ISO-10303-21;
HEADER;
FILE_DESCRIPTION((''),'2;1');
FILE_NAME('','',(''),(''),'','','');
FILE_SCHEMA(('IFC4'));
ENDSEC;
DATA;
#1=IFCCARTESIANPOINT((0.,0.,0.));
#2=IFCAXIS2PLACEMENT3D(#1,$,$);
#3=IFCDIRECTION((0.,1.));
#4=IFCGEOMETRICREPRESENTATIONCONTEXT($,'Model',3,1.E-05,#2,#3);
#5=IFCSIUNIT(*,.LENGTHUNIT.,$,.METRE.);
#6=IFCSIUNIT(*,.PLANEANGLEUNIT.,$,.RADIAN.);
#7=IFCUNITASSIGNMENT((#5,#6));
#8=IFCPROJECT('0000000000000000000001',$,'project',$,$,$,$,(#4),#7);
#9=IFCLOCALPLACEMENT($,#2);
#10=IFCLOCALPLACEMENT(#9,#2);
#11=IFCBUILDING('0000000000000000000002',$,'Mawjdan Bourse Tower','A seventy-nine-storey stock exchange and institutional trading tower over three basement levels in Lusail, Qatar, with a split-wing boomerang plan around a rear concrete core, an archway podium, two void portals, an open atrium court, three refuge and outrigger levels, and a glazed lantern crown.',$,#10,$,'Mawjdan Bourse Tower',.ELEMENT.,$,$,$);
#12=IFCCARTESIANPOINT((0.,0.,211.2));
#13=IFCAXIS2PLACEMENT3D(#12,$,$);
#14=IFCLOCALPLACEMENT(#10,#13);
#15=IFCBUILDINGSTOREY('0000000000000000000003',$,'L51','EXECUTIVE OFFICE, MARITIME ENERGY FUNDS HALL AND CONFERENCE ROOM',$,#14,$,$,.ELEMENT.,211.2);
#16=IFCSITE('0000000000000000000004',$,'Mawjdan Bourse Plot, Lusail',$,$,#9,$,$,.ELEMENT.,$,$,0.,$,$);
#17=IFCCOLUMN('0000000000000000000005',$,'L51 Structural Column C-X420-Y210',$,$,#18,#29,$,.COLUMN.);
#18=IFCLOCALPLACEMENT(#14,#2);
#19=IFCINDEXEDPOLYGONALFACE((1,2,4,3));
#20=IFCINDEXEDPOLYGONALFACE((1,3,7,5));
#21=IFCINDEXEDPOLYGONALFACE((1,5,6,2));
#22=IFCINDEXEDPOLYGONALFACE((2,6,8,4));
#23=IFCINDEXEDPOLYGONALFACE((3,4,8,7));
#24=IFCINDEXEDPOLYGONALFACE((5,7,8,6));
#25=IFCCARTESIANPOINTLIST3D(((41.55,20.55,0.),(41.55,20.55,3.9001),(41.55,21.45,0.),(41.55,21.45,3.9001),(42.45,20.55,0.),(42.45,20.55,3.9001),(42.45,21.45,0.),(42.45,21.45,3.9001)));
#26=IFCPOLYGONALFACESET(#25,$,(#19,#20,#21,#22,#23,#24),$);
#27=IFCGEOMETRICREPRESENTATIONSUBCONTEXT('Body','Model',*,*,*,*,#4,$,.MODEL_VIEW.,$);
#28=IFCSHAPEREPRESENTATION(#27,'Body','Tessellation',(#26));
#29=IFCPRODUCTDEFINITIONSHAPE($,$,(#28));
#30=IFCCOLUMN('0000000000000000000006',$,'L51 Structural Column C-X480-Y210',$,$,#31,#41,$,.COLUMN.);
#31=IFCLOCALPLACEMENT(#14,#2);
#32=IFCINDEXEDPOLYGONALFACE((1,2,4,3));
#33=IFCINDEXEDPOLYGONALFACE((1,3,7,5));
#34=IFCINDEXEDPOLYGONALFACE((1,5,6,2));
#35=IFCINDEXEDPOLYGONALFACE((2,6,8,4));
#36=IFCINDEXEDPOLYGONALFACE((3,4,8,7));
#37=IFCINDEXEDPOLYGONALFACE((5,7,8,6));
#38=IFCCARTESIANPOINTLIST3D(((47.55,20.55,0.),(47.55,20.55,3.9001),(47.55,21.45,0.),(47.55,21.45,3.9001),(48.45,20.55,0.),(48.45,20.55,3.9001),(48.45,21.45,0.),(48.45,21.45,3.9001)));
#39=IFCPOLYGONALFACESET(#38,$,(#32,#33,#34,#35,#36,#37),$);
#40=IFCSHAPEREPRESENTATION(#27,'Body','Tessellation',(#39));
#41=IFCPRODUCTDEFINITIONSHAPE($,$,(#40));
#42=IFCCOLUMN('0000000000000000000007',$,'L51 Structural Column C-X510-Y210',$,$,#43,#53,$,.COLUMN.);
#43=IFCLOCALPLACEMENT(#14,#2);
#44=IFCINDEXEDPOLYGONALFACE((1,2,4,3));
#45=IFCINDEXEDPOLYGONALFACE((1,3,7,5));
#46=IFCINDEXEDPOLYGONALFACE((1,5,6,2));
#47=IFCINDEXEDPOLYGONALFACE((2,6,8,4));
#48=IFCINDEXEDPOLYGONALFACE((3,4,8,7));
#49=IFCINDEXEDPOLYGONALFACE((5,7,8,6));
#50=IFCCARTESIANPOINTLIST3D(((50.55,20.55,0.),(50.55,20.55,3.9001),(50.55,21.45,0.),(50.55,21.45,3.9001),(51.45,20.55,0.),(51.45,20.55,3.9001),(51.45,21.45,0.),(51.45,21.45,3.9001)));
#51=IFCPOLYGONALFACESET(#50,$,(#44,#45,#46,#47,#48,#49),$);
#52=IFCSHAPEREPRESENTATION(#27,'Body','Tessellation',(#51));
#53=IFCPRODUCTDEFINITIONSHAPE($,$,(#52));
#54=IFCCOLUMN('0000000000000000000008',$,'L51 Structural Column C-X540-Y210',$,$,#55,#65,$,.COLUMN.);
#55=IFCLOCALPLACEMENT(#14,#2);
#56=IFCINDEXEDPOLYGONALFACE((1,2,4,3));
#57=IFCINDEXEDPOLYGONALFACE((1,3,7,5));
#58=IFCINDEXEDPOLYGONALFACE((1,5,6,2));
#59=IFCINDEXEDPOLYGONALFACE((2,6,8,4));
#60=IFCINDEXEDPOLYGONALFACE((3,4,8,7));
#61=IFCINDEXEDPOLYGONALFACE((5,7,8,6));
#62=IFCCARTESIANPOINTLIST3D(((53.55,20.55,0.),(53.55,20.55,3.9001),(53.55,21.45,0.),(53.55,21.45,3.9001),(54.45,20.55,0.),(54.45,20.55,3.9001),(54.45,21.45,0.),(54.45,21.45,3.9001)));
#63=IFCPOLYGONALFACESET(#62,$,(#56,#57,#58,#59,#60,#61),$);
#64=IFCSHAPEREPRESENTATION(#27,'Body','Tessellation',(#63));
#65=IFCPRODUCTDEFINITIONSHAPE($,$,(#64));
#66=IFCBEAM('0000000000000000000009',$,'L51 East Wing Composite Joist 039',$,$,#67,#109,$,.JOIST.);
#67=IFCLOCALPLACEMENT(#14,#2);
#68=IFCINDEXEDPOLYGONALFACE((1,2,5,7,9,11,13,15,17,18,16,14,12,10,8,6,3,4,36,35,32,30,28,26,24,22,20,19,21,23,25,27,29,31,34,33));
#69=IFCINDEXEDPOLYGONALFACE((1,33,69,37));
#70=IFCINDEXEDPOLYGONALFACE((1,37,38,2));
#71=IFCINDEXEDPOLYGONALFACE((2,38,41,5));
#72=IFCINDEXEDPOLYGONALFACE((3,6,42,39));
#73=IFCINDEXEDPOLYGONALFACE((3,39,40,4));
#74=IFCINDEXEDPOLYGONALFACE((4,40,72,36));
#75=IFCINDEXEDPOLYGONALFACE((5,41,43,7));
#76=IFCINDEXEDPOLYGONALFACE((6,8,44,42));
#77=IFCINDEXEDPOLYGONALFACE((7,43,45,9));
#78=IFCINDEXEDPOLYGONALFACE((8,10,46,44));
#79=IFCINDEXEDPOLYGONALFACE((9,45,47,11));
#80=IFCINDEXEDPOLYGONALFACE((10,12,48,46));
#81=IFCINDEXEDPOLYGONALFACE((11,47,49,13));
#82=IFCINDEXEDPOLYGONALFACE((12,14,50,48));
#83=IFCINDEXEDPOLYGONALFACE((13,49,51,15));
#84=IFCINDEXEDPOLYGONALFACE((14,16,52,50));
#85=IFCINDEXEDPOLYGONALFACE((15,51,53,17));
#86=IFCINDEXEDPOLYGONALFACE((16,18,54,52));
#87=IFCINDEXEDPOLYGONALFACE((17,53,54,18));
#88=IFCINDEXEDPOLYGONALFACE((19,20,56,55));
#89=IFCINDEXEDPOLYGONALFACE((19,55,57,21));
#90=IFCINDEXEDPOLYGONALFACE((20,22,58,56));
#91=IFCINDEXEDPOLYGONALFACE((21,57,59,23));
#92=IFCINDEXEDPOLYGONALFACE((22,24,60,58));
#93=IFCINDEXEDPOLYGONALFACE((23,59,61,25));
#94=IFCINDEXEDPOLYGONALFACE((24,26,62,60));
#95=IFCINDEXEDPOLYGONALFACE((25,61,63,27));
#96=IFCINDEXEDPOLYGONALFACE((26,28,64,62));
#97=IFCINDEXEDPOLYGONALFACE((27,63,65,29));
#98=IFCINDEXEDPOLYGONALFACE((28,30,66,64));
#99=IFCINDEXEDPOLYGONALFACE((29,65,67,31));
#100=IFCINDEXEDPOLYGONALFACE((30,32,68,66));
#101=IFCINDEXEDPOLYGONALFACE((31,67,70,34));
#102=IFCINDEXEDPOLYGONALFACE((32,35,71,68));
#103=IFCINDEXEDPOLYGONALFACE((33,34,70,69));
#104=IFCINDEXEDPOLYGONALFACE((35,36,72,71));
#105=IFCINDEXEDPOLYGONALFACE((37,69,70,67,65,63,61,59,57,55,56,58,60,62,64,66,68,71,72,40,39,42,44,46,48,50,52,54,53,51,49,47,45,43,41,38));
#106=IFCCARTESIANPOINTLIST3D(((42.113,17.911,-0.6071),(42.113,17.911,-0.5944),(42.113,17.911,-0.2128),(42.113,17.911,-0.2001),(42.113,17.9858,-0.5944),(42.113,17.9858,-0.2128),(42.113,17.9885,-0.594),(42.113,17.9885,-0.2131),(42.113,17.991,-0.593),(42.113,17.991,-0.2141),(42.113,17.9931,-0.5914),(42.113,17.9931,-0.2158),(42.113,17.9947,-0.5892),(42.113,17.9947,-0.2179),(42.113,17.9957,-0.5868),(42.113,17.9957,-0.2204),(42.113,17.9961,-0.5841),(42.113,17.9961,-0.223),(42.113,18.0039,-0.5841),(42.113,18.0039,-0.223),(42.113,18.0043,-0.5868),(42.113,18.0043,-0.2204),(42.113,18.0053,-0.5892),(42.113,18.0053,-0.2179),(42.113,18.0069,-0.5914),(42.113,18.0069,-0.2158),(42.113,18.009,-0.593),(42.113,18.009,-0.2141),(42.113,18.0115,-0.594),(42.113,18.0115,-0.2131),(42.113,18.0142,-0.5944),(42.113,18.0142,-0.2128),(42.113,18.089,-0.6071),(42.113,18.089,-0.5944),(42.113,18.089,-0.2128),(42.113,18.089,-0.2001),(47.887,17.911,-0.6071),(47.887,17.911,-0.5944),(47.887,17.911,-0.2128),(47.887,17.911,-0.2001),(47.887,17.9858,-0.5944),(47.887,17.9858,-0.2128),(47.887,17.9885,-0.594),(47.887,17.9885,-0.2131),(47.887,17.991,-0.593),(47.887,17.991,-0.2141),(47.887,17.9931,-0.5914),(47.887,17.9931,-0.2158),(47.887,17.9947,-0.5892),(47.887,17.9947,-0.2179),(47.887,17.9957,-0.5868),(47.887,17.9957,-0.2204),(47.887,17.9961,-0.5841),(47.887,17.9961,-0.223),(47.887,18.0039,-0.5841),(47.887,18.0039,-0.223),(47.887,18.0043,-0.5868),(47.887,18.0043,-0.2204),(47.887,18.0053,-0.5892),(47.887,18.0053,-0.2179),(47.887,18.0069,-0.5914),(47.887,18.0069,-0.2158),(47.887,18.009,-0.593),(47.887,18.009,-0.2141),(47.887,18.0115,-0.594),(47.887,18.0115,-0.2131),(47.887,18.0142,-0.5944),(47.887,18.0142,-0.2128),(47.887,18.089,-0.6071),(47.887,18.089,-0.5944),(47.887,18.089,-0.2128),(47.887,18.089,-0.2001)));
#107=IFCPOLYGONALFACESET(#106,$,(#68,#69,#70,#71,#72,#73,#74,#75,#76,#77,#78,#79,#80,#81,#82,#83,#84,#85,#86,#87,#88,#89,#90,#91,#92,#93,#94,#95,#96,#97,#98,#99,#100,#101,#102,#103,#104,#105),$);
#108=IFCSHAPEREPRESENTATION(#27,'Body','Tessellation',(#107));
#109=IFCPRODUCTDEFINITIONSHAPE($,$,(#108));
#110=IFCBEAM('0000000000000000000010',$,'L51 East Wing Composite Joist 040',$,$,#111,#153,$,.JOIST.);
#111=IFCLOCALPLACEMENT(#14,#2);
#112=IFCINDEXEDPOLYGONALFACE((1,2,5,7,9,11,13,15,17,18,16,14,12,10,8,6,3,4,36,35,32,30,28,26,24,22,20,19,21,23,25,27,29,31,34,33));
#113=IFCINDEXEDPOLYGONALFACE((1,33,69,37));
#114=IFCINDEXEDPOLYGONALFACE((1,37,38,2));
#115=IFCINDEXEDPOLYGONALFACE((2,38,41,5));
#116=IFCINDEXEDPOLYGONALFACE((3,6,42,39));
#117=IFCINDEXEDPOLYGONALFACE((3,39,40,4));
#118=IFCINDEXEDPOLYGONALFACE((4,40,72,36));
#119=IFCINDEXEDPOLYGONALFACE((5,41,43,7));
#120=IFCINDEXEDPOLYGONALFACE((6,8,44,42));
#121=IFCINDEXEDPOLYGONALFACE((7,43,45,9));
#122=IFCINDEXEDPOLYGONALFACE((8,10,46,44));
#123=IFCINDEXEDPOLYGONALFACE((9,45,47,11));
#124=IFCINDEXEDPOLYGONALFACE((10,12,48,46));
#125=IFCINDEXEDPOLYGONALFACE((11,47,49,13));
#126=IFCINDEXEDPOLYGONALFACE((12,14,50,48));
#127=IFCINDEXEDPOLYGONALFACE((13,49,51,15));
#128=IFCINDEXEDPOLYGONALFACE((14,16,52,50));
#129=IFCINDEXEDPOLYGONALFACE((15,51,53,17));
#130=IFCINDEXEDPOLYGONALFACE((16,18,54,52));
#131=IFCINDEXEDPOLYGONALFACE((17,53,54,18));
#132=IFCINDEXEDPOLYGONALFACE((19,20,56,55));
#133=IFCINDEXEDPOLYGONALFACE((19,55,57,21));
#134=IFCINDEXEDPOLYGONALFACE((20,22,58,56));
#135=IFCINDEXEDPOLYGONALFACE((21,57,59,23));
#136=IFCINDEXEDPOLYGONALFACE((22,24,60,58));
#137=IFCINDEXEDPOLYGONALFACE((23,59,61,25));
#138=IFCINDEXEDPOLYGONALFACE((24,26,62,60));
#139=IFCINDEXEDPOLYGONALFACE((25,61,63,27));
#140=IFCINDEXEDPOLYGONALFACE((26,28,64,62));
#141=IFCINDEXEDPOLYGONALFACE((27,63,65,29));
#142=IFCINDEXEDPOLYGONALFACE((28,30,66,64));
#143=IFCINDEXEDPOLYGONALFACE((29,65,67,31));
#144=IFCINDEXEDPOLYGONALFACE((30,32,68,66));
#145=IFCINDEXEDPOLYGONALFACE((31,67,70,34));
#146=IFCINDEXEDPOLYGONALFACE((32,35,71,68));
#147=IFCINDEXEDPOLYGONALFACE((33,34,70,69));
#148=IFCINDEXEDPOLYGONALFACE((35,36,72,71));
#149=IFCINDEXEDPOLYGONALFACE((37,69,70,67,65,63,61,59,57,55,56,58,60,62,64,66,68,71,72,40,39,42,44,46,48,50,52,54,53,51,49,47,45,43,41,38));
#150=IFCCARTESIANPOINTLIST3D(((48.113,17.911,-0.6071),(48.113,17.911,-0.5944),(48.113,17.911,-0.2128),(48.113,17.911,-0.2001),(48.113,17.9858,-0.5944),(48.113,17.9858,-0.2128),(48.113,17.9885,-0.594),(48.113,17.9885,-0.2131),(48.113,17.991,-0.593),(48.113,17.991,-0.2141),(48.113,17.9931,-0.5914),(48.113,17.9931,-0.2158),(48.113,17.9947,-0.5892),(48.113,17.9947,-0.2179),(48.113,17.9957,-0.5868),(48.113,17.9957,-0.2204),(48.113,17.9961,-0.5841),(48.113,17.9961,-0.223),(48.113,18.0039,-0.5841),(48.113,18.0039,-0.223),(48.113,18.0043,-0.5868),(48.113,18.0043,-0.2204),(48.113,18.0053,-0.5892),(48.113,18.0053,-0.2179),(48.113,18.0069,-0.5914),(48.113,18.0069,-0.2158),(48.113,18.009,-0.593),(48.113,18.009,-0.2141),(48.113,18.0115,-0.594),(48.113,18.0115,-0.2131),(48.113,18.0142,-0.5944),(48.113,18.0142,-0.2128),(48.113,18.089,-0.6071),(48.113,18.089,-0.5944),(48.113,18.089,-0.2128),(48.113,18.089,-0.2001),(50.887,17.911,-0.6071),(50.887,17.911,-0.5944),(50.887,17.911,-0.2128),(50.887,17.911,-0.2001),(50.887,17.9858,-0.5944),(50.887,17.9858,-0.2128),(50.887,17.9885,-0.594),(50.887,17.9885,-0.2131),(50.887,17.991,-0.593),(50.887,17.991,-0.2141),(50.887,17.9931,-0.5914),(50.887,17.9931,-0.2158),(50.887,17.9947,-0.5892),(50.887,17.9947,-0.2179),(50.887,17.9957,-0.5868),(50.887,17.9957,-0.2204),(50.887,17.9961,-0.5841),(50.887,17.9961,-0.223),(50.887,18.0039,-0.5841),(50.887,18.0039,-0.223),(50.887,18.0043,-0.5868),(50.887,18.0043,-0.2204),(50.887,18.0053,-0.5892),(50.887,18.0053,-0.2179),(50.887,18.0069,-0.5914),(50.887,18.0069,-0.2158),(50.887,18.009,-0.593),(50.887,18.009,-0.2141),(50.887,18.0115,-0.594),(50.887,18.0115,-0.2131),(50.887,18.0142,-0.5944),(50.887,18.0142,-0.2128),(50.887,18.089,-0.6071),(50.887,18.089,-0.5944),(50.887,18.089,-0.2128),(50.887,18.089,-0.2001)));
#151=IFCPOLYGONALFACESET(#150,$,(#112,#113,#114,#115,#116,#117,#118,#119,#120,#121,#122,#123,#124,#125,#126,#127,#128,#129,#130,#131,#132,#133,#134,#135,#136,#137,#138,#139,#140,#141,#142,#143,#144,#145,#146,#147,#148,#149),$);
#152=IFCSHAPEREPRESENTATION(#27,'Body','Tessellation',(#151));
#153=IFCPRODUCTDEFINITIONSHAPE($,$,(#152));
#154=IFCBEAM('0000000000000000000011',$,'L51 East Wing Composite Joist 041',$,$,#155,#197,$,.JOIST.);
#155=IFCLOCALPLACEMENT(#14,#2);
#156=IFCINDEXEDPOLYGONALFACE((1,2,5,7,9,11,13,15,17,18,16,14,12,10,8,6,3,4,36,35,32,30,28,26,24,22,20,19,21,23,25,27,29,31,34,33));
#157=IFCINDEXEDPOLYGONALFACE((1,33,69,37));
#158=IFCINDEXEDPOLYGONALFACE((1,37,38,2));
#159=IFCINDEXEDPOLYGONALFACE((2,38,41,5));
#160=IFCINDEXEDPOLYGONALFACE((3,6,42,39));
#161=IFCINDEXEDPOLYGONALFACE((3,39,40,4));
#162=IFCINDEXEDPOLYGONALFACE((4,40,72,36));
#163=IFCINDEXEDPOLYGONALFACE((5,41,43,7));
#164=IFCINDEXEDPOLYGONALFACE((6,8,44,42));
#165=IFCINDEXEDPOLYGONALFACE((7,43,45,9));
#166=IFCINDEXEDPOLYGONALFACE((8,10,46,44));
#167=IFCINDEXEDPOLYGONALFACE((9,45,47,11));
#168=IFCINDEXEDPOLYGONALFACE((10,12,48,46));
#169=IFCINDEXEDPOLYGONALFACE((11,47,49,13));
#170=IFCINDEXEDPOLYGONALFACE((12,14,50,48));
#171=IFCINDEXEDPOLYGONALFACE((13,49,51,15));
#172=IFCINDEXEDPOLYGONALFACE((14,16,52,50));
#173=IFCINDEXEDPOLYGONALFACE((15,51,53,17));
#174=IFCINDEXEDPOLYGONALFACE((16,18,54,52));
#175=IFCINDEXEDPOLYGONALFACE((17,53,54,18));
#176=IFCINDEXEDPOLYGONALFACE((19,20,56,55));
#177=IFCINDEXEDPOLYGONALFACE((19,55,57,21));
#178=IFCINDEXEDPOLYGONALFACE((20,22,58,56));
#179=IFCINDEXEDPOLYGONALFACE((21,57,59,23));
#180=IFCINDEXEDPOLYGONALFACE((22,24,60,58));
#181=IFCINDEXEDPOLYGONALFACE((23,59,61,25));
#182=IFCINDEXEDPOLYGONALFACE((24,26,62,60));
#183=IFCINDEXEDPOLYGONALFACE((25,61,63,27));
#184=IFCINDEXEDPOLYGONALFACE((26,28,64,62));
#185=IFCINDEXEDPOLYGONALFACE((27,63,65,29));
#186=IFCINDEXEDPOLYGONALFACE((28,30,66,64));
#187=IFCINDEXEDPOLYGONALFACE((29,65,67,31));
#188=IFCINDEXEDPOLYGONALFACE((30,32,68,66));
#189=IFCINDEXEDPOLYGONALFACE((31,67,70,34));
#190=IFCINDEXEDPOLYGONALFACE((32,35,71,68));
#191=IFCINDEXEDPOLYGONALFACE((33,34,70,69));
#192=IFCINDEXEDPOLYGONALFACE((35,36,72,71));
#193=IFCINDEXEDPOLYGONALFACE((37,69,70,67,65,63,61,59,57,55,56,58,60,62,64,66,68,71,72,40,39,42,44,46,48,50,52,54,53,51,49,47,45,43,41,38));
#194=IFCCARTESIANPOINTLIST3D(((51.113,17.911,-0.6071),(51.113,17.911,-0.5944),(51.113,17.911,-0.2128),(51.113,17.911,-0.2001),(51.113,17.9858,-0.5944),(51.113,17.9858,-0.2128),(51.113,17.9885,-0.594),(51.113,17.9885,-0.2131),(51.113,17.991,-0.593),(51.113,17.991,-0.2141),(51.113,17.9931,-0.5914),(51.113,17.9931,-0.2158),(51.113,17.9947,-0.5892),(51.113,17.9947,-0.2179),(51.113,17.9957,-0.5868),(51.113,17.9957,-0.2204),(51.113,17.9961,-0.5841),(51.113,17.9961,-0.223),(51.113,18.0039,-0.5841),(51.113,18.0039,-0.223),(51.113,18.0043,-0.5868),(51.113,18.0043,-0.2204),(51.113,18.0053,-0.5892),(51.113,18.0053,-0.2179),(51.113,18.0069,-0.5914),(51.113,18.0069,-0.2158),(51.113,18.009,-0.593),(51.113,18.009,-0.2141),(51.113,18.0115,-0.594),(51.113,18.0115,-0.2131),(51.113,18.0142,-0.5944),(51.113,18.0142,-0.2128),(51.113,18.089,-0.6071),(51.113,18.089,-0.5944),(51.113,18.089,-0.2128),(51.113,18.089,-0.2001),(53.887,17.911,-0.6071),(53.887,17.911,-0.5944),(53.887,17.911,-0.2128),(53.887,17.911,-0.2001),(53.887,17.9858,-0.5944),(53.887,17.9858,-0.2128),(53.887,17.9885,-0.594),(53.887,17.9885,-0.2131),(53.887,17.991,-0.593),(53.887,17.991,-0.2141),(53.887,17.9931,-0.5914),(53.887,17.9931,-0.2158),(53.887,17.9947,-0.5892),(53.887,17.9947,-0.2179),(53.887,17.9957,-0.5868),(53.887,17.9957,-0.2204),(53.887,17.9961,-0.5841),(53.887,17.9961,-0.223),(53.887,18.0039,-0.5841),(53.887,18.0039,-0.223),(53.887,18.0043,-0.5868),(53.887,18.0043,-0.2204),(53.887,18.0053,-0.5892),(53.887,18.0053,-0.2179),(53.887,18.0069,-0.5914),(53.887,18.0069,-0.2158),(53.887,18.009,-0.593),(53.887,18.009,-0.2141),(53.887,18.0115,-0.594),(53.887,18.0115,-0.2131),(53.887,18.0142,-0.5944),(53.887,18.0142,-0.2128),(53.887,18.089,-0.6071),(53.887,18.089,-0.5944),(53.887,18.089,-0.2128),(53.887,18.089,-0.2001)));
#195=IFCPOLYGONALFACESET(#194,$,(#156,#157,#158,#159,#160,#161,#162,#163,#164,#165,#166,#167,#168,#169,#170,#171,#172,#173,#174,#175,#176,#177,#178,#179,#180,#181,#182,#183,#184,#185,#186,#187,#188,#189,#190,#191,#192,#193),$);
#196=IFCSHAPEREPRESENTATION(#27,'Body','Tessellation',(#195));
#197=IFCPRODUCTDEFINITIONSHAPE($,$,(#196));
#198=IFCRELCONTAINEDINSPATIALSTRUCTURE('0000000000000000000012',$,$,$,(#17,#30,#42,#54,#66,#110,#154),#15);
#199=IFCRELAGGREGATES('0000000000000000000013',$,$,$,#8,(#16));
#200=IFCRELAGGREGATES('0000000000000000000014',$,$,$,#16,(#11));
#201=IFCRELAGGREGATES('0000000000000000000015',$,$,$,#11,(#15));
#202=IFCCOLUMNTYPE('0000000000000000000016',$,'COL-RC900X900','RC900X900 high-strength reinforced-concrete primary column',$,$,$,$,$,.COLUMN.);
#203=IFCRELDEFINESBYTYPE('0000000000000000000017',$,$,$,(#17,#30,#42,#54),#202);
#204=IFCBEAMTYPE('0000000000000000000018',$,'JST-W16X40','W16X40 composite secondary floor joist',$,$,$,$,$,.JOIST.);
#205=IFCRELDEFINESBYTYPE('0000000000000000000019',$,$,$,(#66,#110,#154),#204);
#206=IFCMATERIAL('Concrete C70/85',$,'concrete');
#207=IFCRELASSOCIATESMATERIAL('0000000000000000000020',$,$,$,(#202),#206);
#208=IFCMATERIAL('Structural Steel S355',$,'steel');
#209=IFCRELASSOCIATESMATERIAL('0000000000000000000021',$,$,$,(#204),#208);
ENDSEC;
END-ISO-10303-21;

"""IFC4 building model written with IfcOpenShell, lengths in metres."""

from ifc_helpers import new_model, si_unit, direction, frame, origin, origin_2d, place, context, subcontext, project, spatial, rectangle, i_section, extrude, material, material_profile, profile_set, type_object, element, save


model = new_model("IFC4")

# Units and contexts
model_context = context("Model", 3, precision=1e-05, world=origin(), true_north=direction((0.0, 1.0)))
body_context = subcontext(model_context, "Body", "Model", "MODEL_VIEW")
ifc_project = project(units=[si_unit("LENGTHUNIT", "METRE"), si_unit("PLANEANGLEUNIT", "RADIAN")], contexts=[model_context])

# Site, building, storey
site_placement = place(None, origin())
site = spatial("IfcSite", under=ifc_project, at=site_placement, Name="Mawjdan Bourse Plot, Lusail", CompositionType="ELEMENT", RefElevation=0.0)
building_placement = place(site_placement, origin())
building = spatial("IfcBuilding", under=site, at=building_placement, Name="Mawjdan Bourse Tower", Description="A seventy-nine-storey stock exchange and institutional trading tower over three basement levels in Lusail, Qatar, with a split-wing boomerang plan around a rear concrete core, an archway podium, two void portals, an open atrium court, three refuge and outrigger levels, and a glazed lantern crown.", LongName="Mawjdan Bourse Tower", CompositionType="ELEMENT")
storey_placement = place(building_placement, frame((0.0, 0.0, 211.2)))
storey = spatial("IfcBuildingStorey", under=building, at=storey_placement, Name="L51", Description="EXECUTIVE OFFICE, MARITIME ENERGY FUNDS HALL AND CONFERENCE ROOM", CompositionType="ELEMENT", Elevation=211.2)

# Columns
ifc_material_1 = material(Name="Concrete C70/85", Category="concrete")
ifc_material_profile_1 = material_profile(ifc_material_1, rectangle(XDim=0.8999, YDim=0.8999, at=origin_2d()), Name="RC900X900")
ifc_profile_set_1 = profile_set([ifc_material_profile_1], Name="Concrete C70/85")
column_type = type_object("IfcColumnType", Name="COL-RC900X900", Description="RC900X900 high-strength reinforced-concrete primary column", PredefinedType="COLUMN", material=ifc_profile_set_1)
for number, where, z_axis, x_axis, name in (
    (1, (42.0, 21.0, 0.0), (0.0, 0.0, 1.0), (1.0, 0.0, 0.0), "L51 Structural Column C-X420-Y210"),
    (2, (48.0, 21.0, 0.0), (0.0, 0.0, 1.0), (1.0, 0.0, 0.0), "L51 Structural Column C-X480-Y210"),
    (3, (51.0, 21.0, 0.0), (0.0, 0.0, 1.0), (1.0, 0.0, 0.0), "L51 Structural Column C-X510-Y210"),
    (4, (54.0, 21.0, 0.0), (0.0, 0.0, 1.0), (1.0, 0.0, 0.0), "L51 Structural Column C-X540-Y210"),
):
    element("IfcColumn", number, at=place(storey_placement, frame(where, z_axis=z_axis, x_axis=x_axis)), inside=storey, type_object=column_type, Name=name, PredefinedType="COLUMN", context=body_context, shape_type="SweptSolid", body=[
        extrude(rectangle(XDim=0.8999, YDim=0.8999, at=origin_2d()), origin(), (0.0, 0.0, 1.0), 3.9001),
    ])

# Beams
ifc_material_2 = material(Name="Structural Steel S355", Category="steel")
ifc_material_profile_2 = material_profile(ifc_material_2, i_section(OverallWidth=0.178, OverallDepth=0.407, WebThickness=0.0078, FlangeThickness=0.0127, FilletRadius=0.0103, at=origin_2d()), Name="W16X40")
ifc_profile_set_2 = profile_set([ifc_material_profile_2], Name="Structural Steel S355")
beam_type_1 = type_object("IfcBeamType", Name="JST-W16X40", Description="W16X40 composite secondary floor joist", PredefinedType="JOIST", material=ifc_profile_set_2)
beam_1_placement = place(storey_placement, frame((42.113, 18.0, -0.4036), z_axis=(1.0, 0.0, 0.0), x_axis=(0.0, 1.0, 0.0)))
element("IfcBeam", 5, at=beam_1_placement, inside=storey, type_object=beam_type_1, Name="L51 East Wing Composite Joist 039", PredefinedType="JOIST", context=body_context, shape_type="SweptSolid", body=[
    extrude(i_section(OverallWidth=0.178, OverallDepth=0.407, WebThickness=0.0078, FlangeThickness=0.0127, FilletRadius=0.0103, at=origin_2d()), origin(), (0.0, 0.0, 1.0), 5.7739),
])
for number, where, z_axis, x_axis, name in (
    (6, (48.113, 18.0, -0.4036), (1.0, 0.0, 0.0), (0.0, 1.0, 0.0), "L51 East Wing Composite Joist 040"),
    (7, (51.113, 18.0, -0.4036), (1.0, 0.0, 0.0), (0.0, 1.0, 0.0), "L51 East Wing Composite Joist 041"),
):
    element("IfcBeam", number, at=place(storey_placement, frame(where, z_axis=z_axis, x_axis=x_axis)), inside=storey, type_object=beam_type_1, Name=name, PredefinedType="JOIST", context=body_context, shape_type="SweptSolid", body=[
        extrude(i_section(OverallWidth=0.178, OverallDepth=0.407, WebThickness=0.0078, FlangeThickness=0.0127, FilletRadius=0.0103, at=origin_2d()), origin(), (0.0, 0.0, 1.0), 2.7739),
    ])

save(model, "model.ifc")
